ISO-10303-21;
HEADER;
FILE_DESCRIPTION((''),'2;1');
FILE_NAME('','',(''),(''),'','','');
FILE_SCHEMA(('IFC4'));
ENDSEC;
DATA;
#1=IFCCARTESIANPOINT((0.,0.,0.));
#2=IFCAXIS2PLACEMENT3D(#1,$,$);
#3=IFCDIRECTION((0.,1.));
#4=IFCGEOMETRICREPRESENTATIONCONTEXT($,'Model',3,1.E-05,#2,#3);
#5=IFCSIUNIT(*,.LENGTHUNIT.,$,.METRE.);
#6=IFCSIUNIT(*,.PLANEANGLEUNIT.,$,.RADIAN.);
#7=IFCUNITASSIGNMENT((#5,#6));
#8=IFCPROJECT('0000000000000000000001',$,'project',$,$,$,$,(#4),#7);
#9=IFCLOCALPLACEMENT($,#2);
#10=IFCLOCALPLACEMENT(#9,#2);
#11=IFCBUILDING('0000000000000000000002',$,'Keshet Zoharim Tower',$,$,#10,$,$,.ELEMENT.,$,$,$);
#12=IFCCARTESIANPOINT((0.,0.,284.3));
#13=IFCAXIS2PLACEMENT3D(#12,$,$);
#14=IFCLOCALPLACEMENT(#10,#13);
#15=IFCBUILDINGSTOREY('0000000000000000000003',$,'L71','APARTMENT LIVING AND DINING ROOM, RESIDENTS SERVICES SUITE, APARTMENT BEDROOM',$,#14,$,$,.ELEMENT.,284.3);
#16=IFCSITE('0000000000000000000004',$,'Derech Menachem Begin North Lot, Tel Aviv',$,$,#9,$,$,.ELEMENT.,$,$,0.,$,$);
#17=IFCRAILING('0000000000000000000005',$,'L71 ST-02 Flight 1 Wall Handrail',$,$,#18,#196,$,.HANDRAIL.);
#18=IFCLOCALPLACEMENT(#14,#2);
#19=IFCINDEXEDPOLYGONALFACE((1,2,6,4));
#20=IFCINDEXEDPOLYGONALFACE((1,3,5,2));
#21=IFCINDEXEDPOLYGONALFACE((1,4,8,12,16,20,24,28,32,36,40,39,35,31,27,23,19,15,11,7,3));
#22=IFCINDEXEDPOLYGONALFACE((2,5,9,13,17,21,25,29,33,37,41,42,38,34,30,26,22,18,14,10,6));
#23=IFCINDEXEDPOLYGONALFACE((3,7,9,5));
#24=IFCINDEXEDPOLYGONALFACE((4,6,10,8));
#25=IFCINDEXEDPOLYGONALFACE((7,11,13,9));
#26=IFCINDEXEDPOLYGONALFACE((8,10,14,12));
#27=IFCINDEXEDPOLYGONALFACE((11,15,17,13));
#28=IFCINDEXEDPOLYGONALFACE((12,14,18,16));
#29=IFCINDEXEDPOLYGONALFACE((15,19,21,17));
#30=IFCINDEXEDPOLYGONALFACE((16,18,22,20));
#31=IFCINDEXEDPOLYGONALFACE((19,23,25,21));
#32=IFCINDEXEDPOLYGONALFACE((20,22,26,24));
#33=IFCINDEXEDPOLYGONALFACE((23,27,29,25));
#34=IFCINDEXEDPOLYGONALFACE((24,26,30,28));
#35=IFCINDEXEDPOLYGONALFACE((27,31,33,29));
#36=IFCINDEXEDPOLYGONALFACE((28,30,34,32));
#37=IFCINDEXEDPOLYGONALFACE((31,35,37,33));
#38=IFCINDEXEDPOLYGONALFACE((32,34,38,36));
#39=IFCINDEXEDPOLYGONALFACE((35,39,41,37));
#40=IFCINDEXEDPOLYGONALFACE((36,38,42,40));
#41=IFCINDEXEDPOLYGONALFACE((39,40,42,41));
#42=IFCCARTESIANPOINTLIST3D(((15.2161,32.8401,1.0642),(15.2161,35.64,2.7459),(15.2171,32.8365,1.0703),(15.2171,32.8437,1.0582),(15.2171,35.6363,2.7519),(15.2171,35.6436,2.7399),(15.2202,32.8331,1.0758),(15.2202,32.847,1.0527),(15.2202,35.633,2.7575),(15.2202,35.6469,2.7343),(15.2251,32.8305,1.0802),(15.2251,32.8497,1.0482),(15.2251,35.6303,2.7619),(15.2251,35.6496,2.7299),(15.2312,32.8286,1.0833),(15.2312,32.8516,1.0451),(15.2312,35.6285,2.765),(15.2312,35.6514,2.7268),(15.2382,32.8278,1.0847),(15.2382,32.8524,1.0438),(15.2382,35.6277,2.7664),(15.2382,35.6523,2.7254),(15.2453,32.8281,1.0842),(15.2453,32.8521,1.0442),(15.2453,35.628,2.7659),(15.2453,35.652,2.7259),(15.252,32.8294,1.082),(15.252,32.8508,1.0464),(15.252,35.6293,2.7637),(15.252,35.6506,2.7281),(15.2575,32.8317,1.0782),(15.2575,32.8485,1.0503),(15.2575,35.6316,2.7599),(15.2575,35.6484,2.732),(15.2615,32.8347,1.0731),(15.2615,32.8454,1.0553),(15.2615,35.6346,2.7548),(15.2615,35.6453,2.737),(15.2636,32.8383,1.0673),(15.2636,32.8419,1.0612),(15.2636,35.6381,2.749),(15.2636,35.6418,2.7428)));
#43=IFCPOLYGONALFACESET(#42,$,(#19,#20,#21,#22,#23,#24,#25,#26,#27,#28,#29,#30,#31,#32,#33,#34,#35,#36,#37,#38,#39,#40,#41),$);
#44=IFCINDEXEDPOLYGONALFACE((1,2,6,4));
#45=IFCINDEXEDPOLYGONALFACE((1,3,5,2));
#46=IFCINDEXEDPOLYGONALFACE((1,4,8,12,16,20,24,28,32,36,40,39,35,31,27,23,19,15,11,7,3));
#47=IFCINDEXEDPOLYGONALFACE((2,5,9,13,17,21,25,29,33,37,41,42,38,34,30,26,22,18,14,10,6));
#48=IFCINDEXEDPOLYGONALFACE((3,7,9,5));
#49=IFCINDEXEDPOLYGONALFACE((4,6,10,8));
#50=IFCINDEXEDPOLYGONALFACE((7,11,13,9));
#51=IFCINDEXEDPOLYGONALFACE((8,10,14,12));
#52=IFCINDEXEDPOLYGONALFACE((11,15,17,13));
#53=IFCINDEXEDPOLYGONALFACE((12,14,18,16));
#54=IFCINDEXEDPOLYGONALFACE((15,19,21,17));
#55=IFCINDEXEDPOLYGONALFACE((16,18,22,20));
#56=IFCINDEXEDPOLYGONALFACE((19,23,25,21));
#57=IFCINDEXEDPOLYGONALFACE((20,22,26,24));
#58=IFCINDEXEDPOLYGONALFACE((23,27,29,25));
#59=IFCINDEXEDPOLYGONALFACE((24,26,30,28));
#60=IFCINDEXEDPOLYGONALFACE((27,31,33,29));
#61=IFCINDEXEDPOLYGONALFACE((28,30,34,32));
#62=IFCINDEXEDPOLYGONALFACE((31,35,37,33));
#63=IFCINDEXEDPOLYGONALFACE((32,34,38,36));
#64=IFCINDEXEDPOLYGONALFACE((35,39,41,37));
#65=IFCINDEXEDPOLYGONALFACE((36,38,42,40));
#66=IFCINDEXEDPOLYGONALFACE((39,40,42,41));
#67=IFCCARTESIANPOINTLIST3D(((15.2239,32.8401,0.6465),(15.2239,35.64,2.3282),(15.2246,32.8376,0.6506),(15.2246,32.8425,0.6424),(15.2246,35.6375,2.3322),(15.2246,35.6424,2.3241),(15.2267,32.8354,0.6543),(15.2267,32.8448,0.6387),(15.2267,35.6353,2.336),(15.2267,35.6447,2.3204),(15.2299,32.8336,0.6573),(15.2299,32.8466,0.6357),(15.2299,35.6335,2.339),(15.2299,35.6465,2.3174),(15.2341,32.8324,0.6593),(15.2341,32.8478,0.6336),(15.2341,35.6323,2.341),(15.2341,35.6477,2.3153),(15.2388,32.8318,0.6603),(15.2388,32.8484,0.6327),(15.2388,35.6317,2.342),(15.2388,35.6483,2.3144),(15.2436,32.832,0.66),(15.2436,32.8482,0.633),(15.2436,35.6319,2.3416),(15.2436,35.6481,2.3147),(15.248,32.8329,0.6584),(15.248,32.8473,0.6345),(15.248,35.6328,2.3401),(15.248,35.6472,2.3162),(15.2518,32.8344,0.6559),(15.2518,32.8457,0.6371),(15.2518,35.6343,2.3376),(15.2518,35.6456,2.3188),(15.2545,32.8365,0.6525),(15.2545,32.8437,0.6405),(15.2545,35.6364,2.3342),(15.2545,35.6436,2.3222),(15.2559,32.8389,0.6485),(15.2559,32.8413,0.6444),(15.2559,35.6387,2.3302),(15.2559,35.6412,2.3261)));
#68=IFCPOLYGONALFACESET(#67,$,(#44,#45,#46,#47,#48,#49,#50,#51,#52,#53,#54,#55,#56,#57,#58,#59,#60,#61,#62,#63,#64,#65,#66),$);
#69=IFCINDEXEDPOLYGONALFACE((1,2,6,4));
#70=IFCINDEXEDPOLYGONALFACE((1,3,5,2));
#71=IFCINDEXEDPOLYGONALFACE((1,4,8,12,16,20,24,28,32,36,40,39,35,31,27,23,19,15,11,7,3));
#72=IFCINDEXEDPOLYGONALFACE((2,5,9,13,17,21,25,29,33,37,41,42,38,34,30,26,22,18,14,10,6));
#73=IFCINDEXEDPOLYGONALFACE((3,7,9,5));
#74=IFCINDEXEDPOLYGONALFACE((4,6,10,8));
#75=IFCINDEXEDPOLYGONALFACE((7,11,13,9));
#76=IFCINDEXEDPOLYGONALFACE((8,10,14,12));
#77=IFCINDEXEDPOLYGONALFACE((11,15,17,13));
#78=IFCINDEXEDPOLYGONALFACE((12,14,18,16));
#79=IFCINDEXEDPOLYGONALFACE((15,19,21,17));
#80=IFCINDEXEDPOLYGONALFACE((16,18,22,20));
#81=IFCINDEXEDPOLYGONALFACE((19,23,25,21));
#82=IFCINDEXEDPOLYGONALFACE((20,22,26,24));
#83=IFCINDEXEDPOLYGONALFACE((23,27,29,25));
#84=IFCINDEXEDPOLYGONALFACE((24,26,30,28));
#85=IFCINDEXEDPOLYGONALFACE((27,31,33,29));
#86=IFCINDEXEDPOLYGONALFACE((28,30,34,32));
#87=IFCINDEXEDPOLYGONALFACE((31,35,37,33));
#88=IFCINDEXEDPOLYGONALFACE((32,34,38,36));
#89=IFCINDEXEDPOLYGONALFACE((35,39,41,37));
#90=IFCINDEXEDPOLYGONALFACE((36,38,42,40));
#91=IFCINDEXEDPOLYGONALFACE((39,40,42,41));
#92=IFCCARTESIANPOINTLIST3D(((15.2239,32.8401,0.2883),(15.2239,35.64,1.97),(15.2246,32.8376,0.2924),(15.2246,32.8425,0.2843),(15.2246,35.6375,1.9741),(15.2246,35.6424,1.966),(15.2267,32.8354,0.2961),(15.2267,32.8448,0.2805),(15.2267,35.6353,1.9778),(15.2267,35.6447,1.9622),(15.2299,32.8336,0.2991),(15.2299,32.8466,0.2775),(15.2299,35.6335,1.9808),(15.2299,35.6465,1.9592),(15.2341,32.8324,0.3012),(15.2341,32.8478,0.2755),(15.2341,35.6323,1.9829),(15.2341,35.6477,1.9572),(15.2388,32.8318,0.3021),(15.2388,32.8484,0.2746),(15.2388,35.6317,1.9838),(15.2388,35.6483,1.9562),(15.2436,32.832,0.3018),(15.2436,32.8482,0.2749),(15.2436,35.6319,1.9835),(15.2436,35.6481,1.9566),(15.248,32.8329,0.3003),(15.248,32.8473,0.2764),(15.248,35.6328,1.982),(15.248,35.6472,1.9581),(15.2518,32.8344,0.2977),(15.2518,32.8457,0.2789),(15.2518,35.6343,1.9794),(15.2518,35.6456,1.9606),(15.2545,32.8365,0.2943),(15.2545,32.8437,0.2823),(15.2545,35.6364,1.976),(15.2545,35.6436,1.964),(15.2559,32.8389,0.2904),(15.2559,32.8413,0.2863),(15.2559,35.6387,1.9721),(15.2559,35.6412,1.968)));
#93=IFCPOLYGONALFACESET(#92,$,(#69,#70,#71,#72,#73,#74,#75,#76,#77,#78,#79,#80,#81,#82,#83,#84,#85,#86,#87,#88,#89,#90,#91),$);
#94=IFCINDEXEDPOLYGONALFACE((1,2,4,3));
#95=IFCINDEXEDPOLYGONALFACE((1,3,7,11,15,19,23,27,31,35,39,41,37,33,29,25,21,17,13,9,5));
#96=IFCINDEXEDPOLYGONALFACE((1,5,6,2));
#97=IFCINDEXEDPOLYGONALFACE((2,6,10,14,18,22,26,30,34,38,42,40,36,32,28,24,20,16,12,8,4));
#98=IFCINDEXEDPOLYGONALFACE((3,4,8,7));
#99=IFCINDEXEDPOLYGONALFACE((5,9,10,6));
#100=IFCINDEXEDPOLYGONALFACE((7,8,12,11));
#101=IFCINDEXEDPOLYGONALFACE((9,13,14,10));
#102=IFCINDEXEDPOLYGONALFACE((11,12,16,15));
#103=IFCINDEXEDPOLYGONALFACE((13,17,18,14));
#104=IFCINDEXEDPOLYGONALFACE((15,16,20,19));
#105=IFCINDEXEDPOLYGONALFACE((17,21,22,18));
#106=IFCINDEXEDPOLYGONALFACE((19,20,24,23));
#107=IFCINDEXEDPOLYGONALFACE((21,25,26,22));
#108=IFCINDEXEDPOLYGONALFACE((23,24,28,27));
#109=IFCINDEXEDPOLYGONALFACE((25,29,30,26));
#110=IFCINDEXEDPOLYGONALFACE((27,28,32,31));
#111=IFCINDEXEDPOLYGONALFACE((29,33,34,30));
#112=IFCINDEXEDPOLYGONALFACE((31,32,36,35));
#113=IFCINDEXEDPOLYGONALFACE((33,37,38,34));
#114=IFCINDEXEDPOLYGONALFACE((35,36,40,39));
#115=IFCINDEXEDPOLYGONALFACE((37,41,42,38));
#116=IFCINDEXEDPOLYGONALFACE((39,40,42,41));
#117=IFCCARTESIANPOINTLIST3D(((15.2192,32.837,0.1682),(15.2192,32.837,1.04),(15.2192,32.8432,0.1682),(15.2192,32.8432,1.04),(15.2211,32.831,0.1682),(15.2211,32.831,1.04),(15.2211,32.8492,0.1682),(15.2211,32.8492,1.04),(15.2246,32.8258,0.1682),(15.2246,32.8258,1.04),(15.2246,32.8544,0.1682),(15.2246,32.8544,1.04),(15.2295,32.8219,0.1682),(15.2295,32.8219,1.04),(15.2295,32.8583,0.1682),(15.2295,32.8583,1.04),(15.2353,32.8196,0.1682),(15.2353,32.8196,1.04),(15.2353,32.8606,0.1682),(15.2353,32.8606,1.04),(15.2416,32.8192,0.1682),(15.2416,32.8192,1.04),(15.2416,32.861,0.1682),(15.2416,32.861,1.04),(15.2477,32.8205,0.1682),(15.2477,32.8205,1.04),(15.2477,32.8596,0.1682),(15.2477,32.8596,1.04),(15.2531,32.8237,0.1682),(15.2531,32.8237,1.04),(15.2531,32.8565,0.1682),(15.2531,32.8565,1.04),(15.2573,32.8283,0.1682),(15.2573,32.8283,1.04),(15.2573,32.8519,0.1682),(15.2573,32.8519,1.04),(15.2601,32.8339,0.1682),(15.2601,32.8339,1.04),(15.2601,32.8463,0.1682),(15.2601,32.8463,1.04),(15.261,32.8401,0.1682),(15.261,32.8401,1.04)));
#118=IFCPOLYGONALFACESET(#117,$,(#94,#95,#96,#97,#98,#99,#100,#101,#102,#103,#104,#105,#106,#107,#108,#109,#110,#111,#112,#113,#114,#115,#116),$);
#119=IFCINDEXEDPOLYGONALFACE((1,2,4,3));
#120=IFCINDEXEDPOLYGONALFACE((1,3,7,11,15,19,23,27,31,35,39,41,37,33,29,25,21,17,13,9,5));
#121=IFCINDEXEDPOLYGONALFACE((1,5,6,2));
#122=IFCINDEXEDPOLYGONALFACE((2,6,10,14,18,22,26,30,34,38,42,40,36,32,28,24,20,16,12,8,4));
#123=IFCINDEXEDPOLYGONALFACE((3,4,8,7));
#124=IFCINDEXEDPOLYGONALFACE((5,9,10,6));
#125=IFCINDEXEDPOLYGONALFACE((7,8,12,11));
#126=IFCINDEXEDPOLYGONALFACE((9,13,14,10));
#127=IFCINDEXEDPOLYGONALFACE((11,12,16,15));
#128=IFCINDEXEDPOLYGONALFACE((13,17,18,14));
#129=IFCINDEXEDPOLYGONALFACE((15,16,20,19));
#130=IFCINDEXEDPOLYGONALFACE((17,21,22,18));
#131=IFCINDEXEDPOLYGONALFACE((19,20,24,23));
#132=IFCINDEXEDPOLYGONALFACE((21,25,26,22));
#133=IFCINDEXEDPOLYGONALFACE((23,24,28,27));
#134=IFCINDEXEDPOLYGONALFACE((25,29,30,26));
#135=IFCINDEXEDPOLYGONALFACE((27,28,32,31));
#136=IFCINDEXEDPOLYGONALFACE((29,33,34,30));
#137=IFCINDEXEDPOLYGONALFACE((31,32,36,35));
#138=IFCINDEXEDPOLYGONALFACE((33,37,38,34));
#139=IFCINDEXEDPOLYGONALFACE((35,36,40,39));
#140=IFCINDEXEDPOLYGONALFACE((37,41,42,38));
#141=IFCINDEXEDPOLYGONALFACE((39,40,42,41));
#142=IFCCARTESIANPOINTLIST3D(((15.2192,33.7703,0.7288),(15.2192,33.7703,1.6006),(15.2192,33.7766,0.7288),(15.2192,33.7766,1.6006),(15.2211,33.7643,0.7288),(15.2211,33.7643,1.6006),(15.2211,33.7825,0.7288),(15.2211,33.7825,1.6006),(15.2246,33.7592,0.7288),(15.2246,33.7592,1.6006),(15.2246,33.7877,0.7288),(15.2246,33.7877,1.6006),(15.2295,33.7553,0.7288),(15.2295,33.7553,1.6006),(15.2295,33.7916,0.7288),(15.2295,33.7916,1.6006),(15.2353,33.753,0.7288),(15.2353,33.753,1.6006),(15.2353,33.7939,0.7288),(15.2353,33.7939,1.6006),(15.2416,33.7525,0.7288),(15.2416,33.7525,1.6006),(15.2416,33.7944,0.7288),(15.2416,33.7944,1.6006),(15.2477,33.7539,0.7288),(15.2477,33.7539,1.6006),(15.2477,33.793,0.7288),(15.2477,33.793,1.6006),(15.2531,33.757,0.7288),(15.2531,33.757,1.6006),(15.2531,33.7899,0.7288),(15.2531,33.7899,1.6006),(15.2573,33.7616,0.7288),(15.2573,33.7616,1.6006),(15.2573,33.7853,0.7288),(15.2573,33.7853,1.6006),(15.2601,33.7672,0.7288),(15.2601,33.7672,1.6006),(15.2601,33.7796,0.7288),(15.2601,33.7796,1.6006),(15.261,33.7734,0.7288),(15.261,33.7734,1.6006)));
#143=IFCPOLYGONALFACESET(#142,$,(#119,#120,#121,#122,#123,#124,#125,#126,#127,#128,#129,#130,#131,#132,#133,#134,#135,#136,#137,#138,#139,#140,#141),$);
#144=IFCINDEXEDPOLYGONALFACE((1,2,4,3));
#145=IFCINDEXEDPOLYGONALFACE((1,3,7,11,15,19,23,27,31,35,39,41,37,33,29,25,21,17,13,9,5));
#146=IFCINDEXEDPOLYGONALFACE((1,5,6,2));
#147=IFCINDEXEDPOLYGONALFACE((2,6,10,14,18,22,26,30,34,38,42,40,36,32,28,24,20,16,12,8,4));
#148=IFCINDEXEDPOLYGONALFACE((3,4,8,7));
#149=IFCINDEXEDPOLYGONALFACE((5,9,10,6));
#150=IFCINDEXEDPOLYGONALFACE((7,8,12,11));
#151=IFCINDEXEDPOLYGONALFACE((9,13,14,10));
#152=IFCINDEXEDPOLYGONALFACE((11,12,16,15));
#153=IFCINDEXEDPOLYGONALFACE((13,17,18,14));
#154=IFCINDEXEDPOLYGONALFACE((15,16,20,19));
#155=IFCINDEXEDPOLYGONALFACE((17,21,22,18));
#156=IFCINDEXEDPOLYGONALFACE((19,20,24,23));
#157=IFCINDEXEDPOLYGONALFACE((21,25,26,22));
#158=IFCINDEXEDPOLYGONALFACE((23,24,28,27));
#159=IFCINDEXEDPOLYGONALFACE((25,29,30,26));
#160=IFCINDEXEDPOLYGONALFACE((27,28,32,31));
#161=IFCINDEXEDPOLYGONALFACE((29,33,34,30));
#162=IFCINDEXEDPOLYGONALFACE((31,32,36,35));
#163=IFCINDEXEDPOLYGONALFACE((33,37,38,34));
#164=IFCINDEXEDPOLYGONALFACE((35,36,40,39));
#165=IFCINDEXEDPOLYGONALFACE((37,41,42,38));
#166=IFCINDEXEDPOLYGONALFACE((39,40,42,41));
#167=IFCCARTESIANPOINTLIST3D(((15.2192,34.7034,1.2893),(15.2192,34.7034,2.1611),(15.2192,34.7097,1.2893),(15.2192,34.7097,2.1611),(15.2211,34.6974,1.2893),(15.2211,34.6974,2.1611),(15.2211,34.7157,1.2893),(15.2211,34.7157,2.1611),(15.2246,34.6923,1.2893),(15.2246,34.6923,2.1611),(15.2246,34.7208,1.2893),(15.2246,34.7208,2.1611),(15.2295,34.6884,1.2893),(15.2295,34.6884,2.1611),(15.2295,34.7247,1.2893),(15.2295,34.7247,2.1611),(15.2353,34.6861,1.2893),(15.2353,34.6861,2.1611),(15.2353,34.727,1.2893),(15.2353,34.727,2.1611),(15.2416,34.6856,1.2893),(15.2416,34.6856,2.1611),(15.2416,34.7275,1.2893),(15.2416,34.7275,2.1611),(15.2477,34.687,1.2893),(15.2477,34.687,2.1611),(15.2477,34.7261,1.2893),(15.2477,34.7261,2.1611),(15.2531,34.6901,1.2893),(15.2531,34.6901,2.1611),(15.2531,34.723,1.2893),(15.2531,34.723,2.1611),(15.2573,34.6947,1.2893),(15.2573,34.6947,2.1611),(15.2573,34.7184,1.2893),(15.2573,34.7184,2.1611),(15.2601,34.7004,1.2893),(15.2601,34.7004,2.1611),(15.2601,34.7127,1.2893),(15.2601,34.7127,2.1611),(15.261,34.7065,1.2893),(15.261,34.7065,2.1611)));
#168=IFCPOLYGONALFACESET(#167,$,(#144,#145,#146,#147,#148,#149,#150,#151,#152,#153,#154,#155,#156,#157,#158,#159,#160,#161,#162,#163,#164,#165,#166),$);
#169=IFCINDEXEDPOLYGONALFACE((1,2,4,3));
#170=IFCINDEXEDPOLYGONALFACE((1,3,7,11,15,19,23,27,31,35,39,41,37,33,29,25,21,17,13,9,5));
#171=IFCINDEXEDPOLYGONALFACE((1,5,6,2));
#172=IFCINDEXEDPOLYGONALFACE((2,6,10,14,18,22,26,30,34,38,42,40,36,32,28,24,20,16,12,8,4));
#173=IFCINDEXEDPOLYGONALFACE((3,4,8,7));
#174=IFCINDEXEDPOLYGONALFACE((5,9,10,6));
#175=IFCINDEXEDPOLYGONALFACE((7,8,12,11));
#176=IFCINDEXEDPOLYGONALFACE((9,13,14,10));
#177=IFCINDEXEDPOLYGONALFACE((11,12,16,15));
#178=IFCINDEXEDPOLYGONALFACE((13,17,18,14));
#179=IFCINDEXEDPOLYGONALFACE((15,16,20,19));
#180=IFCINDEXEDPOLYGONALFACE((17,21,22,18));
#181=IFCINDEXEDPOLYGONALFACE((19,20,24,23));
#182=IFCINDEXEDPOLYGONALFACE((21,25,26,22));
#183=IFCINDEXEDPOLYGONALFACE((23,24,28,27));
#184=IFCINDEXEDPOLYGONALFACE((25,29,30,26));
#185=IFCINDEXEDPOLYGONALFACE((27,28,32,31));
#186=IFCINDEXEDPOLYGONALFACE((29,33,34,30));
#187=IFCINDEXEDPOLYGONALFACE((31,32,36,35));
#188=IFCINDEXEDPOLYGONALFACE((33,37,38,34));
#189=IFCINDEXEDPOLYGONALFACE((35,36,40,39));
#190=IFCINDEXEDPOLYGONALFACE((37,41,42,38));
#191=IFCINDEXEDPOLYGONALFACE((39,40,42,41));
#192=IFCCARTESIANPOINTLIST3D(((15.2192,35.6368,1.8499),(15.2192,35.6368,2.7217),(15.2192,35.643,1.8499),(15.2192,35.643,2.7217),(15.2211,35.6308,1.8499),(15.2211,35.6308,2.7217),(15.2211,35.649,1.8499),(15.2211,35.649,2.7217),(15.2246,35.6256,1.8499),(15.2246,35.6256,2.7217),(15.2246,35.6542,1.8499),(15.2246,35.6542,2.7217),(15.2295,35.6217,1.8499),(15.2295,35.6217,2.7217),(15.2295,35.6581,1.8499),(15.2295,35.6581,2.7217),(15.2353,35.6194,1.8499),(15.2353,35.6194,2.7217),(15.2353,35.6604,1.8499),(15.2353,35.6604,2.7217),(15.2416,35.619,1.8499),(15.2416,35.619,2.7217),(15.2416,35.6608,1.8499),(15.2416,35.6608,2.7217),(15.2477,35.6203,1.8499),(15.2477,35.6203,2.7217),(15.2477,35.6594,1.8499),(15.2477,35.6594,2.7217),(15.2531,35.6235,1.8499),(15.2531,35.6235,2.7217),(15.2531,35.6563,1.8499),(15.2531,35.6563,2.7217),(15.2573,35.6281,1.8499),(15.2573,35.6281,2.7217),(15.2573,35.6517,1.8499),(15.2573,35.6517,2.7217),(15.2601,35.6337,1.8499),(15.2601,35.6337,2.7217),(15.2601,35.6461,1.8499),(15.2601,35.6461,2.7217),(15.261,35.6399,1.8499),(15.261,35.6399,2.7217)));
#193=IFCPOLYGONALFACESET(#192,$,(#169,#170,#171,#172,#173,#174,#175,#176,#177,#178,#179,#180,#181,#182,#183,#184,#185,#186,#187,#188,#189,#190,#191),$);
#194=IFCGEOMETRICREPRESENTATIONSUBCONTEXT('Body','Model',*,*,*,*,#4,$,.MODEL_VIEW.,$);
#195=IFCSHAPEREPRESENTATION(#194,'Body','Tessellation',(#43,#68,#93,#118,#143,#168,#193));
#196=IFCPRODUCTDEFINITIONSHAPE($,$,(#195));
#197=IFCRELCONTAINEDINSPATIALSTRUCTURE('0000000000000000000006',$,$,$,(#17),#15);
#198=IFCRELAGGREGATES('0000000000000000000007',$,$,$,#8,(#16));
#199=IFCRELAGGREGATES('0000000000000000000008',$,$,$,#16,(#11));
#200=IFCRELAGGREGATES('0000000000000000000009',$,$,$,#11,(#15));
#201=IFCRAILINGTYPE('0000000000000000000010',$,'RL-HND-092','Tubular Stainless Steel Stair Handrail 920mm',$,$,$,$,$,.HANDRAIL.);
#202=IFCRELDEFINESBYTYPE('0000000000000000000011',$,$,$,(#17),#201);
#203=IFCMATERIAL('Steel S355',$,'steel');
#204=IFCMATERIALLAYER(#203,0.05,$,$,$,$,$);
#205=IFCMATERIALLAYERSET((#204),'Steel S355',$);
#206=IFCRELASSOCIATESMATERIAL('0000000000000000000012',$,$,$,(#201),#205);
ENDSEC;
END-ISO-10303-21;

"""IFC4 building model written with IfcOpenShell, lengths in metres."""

from ifc_helpers import new_model, si_unit, direction, frame, origin, origin_2d, place, context, subcontext, project, spatial, circle, extrude, material, layer, layer_set, type_object, element, save


model = new_model("IFC4")

# Units and contexts
model_context = context("Model", 3, precision=1e-05, world=origin(), true_north=direction((0.0, 1.0)))
body_context = subcontext(model_context, "Body", "Model", "MODEL_VIEW")
ifc_project = project(units=[si_unit("LENGTHUNIT", "METRE"), si_unit("PLANEANGLEUNIT", "RADIAN")], contexts=[model_context])

# Site, building, storey
site_placement = place(None, origin())
site = spatial("IfcSite", under=ifc_project, at=site_placement, Name="Derech Menachem Begin North Lot, Tel Aviv", CompositionType="ELEMENT", RefElevation=0.0)
building_placement = place(site_placement, origin())
building = spatial("IfcBuilding", under=site, at=building_placement, Name="Keshet Zoharim Tower", CompositionType="ELEMENT")
storey_placement = place(building_placement, frame((0.0, 0.0, 284.3)))
storey = spatial("IfcBuildingStorey", under=building, at=storey_placement, Name="L71", Description="APARTMENT LIVING AND DINING ROOM, RESIDENTS SERVICES SUITE, APARTMENT BEDROOM", CompositionType="ELEMENT", Elevation=284.3)

# Shared definitions
ifc_material_1 = material(Name="Steel S355", Category="steel")

# Railing
ifc_layer_1 = layer(ifc_material_1, 0.05)
ifc_layer_set_1 = layer_set([ifc_layer_1], Name="Steel S355")
railing_type_1 = type_object("IfcRailingType", Name="RL-HND-092", Description="Tubular Stainless Steel Stair Handrail 920mm", PredefinedType="HANDRAIL", material=ifc_layer_set_1)
railing_1_placement = place(storey_placement, frame((15.24, 32.8401, 0.1682)))
element("IfcRailing", 1, at=railing_1_placement, inside=storey, type_object=railing_type_1, Name="L71 ST-02 Flight 1 Wall Handrail", PredefinedType="HANDRAIL", context=body_context, shape_type="SweptSolid", body=[
    extrude(circle(Radius=0.0239, at=origin_2d()), frame((0.0, 0.0, 0.896), z_axis=(0.0, 0.857255, 0.514891), x_axis=(-1.0, 0.0, 0.0)), (0.0, 0.0, 1.0), 3.2661),
    extrude(circle(Radius=0.0161, at=origin_2d()), frame((0.0, 0.0, 0.4783), z_axis=(0.0, 0.857255, 0.514891), x_axis=(-1.0, 0.0, 0.0)), (0.0, 0.0, 1.0), 3.2661),
    extrude(circle(Radius=0.0161, at=origin_2d()), frame((0.0, 0.0, 0.1201), z_axis=(0.0, 0.857255, 0.514891), x_axis=(-1.0, 0.0, 0.0)), (0.0, 0.0, 1.0), 3.2661),
    extrude(circle(Radius=0.021, at=origin_2d()), origin(), (0.0, 0.0, 1.0), 0.8718),
    extrude(circle(Radius=0.021, at=origin_2d()), frame((0.0, 0.9333, 0.5605)), (0.0, 0.0, 1.0), 0.8718),
    extrude(circle(Radius=0.021, at=origin_2d()), frame((0.0, 1.8665, 1.1211)), (0.0, 0.0, 1.0), 0.8718),
    extrude(circle(Radius=0.021, at=origin_2d()), frame((0.0, 2.7998, 1.6816)), (0.0, 0.0, 1.0), 0.8718),
])

save(model, "model.ifc")
